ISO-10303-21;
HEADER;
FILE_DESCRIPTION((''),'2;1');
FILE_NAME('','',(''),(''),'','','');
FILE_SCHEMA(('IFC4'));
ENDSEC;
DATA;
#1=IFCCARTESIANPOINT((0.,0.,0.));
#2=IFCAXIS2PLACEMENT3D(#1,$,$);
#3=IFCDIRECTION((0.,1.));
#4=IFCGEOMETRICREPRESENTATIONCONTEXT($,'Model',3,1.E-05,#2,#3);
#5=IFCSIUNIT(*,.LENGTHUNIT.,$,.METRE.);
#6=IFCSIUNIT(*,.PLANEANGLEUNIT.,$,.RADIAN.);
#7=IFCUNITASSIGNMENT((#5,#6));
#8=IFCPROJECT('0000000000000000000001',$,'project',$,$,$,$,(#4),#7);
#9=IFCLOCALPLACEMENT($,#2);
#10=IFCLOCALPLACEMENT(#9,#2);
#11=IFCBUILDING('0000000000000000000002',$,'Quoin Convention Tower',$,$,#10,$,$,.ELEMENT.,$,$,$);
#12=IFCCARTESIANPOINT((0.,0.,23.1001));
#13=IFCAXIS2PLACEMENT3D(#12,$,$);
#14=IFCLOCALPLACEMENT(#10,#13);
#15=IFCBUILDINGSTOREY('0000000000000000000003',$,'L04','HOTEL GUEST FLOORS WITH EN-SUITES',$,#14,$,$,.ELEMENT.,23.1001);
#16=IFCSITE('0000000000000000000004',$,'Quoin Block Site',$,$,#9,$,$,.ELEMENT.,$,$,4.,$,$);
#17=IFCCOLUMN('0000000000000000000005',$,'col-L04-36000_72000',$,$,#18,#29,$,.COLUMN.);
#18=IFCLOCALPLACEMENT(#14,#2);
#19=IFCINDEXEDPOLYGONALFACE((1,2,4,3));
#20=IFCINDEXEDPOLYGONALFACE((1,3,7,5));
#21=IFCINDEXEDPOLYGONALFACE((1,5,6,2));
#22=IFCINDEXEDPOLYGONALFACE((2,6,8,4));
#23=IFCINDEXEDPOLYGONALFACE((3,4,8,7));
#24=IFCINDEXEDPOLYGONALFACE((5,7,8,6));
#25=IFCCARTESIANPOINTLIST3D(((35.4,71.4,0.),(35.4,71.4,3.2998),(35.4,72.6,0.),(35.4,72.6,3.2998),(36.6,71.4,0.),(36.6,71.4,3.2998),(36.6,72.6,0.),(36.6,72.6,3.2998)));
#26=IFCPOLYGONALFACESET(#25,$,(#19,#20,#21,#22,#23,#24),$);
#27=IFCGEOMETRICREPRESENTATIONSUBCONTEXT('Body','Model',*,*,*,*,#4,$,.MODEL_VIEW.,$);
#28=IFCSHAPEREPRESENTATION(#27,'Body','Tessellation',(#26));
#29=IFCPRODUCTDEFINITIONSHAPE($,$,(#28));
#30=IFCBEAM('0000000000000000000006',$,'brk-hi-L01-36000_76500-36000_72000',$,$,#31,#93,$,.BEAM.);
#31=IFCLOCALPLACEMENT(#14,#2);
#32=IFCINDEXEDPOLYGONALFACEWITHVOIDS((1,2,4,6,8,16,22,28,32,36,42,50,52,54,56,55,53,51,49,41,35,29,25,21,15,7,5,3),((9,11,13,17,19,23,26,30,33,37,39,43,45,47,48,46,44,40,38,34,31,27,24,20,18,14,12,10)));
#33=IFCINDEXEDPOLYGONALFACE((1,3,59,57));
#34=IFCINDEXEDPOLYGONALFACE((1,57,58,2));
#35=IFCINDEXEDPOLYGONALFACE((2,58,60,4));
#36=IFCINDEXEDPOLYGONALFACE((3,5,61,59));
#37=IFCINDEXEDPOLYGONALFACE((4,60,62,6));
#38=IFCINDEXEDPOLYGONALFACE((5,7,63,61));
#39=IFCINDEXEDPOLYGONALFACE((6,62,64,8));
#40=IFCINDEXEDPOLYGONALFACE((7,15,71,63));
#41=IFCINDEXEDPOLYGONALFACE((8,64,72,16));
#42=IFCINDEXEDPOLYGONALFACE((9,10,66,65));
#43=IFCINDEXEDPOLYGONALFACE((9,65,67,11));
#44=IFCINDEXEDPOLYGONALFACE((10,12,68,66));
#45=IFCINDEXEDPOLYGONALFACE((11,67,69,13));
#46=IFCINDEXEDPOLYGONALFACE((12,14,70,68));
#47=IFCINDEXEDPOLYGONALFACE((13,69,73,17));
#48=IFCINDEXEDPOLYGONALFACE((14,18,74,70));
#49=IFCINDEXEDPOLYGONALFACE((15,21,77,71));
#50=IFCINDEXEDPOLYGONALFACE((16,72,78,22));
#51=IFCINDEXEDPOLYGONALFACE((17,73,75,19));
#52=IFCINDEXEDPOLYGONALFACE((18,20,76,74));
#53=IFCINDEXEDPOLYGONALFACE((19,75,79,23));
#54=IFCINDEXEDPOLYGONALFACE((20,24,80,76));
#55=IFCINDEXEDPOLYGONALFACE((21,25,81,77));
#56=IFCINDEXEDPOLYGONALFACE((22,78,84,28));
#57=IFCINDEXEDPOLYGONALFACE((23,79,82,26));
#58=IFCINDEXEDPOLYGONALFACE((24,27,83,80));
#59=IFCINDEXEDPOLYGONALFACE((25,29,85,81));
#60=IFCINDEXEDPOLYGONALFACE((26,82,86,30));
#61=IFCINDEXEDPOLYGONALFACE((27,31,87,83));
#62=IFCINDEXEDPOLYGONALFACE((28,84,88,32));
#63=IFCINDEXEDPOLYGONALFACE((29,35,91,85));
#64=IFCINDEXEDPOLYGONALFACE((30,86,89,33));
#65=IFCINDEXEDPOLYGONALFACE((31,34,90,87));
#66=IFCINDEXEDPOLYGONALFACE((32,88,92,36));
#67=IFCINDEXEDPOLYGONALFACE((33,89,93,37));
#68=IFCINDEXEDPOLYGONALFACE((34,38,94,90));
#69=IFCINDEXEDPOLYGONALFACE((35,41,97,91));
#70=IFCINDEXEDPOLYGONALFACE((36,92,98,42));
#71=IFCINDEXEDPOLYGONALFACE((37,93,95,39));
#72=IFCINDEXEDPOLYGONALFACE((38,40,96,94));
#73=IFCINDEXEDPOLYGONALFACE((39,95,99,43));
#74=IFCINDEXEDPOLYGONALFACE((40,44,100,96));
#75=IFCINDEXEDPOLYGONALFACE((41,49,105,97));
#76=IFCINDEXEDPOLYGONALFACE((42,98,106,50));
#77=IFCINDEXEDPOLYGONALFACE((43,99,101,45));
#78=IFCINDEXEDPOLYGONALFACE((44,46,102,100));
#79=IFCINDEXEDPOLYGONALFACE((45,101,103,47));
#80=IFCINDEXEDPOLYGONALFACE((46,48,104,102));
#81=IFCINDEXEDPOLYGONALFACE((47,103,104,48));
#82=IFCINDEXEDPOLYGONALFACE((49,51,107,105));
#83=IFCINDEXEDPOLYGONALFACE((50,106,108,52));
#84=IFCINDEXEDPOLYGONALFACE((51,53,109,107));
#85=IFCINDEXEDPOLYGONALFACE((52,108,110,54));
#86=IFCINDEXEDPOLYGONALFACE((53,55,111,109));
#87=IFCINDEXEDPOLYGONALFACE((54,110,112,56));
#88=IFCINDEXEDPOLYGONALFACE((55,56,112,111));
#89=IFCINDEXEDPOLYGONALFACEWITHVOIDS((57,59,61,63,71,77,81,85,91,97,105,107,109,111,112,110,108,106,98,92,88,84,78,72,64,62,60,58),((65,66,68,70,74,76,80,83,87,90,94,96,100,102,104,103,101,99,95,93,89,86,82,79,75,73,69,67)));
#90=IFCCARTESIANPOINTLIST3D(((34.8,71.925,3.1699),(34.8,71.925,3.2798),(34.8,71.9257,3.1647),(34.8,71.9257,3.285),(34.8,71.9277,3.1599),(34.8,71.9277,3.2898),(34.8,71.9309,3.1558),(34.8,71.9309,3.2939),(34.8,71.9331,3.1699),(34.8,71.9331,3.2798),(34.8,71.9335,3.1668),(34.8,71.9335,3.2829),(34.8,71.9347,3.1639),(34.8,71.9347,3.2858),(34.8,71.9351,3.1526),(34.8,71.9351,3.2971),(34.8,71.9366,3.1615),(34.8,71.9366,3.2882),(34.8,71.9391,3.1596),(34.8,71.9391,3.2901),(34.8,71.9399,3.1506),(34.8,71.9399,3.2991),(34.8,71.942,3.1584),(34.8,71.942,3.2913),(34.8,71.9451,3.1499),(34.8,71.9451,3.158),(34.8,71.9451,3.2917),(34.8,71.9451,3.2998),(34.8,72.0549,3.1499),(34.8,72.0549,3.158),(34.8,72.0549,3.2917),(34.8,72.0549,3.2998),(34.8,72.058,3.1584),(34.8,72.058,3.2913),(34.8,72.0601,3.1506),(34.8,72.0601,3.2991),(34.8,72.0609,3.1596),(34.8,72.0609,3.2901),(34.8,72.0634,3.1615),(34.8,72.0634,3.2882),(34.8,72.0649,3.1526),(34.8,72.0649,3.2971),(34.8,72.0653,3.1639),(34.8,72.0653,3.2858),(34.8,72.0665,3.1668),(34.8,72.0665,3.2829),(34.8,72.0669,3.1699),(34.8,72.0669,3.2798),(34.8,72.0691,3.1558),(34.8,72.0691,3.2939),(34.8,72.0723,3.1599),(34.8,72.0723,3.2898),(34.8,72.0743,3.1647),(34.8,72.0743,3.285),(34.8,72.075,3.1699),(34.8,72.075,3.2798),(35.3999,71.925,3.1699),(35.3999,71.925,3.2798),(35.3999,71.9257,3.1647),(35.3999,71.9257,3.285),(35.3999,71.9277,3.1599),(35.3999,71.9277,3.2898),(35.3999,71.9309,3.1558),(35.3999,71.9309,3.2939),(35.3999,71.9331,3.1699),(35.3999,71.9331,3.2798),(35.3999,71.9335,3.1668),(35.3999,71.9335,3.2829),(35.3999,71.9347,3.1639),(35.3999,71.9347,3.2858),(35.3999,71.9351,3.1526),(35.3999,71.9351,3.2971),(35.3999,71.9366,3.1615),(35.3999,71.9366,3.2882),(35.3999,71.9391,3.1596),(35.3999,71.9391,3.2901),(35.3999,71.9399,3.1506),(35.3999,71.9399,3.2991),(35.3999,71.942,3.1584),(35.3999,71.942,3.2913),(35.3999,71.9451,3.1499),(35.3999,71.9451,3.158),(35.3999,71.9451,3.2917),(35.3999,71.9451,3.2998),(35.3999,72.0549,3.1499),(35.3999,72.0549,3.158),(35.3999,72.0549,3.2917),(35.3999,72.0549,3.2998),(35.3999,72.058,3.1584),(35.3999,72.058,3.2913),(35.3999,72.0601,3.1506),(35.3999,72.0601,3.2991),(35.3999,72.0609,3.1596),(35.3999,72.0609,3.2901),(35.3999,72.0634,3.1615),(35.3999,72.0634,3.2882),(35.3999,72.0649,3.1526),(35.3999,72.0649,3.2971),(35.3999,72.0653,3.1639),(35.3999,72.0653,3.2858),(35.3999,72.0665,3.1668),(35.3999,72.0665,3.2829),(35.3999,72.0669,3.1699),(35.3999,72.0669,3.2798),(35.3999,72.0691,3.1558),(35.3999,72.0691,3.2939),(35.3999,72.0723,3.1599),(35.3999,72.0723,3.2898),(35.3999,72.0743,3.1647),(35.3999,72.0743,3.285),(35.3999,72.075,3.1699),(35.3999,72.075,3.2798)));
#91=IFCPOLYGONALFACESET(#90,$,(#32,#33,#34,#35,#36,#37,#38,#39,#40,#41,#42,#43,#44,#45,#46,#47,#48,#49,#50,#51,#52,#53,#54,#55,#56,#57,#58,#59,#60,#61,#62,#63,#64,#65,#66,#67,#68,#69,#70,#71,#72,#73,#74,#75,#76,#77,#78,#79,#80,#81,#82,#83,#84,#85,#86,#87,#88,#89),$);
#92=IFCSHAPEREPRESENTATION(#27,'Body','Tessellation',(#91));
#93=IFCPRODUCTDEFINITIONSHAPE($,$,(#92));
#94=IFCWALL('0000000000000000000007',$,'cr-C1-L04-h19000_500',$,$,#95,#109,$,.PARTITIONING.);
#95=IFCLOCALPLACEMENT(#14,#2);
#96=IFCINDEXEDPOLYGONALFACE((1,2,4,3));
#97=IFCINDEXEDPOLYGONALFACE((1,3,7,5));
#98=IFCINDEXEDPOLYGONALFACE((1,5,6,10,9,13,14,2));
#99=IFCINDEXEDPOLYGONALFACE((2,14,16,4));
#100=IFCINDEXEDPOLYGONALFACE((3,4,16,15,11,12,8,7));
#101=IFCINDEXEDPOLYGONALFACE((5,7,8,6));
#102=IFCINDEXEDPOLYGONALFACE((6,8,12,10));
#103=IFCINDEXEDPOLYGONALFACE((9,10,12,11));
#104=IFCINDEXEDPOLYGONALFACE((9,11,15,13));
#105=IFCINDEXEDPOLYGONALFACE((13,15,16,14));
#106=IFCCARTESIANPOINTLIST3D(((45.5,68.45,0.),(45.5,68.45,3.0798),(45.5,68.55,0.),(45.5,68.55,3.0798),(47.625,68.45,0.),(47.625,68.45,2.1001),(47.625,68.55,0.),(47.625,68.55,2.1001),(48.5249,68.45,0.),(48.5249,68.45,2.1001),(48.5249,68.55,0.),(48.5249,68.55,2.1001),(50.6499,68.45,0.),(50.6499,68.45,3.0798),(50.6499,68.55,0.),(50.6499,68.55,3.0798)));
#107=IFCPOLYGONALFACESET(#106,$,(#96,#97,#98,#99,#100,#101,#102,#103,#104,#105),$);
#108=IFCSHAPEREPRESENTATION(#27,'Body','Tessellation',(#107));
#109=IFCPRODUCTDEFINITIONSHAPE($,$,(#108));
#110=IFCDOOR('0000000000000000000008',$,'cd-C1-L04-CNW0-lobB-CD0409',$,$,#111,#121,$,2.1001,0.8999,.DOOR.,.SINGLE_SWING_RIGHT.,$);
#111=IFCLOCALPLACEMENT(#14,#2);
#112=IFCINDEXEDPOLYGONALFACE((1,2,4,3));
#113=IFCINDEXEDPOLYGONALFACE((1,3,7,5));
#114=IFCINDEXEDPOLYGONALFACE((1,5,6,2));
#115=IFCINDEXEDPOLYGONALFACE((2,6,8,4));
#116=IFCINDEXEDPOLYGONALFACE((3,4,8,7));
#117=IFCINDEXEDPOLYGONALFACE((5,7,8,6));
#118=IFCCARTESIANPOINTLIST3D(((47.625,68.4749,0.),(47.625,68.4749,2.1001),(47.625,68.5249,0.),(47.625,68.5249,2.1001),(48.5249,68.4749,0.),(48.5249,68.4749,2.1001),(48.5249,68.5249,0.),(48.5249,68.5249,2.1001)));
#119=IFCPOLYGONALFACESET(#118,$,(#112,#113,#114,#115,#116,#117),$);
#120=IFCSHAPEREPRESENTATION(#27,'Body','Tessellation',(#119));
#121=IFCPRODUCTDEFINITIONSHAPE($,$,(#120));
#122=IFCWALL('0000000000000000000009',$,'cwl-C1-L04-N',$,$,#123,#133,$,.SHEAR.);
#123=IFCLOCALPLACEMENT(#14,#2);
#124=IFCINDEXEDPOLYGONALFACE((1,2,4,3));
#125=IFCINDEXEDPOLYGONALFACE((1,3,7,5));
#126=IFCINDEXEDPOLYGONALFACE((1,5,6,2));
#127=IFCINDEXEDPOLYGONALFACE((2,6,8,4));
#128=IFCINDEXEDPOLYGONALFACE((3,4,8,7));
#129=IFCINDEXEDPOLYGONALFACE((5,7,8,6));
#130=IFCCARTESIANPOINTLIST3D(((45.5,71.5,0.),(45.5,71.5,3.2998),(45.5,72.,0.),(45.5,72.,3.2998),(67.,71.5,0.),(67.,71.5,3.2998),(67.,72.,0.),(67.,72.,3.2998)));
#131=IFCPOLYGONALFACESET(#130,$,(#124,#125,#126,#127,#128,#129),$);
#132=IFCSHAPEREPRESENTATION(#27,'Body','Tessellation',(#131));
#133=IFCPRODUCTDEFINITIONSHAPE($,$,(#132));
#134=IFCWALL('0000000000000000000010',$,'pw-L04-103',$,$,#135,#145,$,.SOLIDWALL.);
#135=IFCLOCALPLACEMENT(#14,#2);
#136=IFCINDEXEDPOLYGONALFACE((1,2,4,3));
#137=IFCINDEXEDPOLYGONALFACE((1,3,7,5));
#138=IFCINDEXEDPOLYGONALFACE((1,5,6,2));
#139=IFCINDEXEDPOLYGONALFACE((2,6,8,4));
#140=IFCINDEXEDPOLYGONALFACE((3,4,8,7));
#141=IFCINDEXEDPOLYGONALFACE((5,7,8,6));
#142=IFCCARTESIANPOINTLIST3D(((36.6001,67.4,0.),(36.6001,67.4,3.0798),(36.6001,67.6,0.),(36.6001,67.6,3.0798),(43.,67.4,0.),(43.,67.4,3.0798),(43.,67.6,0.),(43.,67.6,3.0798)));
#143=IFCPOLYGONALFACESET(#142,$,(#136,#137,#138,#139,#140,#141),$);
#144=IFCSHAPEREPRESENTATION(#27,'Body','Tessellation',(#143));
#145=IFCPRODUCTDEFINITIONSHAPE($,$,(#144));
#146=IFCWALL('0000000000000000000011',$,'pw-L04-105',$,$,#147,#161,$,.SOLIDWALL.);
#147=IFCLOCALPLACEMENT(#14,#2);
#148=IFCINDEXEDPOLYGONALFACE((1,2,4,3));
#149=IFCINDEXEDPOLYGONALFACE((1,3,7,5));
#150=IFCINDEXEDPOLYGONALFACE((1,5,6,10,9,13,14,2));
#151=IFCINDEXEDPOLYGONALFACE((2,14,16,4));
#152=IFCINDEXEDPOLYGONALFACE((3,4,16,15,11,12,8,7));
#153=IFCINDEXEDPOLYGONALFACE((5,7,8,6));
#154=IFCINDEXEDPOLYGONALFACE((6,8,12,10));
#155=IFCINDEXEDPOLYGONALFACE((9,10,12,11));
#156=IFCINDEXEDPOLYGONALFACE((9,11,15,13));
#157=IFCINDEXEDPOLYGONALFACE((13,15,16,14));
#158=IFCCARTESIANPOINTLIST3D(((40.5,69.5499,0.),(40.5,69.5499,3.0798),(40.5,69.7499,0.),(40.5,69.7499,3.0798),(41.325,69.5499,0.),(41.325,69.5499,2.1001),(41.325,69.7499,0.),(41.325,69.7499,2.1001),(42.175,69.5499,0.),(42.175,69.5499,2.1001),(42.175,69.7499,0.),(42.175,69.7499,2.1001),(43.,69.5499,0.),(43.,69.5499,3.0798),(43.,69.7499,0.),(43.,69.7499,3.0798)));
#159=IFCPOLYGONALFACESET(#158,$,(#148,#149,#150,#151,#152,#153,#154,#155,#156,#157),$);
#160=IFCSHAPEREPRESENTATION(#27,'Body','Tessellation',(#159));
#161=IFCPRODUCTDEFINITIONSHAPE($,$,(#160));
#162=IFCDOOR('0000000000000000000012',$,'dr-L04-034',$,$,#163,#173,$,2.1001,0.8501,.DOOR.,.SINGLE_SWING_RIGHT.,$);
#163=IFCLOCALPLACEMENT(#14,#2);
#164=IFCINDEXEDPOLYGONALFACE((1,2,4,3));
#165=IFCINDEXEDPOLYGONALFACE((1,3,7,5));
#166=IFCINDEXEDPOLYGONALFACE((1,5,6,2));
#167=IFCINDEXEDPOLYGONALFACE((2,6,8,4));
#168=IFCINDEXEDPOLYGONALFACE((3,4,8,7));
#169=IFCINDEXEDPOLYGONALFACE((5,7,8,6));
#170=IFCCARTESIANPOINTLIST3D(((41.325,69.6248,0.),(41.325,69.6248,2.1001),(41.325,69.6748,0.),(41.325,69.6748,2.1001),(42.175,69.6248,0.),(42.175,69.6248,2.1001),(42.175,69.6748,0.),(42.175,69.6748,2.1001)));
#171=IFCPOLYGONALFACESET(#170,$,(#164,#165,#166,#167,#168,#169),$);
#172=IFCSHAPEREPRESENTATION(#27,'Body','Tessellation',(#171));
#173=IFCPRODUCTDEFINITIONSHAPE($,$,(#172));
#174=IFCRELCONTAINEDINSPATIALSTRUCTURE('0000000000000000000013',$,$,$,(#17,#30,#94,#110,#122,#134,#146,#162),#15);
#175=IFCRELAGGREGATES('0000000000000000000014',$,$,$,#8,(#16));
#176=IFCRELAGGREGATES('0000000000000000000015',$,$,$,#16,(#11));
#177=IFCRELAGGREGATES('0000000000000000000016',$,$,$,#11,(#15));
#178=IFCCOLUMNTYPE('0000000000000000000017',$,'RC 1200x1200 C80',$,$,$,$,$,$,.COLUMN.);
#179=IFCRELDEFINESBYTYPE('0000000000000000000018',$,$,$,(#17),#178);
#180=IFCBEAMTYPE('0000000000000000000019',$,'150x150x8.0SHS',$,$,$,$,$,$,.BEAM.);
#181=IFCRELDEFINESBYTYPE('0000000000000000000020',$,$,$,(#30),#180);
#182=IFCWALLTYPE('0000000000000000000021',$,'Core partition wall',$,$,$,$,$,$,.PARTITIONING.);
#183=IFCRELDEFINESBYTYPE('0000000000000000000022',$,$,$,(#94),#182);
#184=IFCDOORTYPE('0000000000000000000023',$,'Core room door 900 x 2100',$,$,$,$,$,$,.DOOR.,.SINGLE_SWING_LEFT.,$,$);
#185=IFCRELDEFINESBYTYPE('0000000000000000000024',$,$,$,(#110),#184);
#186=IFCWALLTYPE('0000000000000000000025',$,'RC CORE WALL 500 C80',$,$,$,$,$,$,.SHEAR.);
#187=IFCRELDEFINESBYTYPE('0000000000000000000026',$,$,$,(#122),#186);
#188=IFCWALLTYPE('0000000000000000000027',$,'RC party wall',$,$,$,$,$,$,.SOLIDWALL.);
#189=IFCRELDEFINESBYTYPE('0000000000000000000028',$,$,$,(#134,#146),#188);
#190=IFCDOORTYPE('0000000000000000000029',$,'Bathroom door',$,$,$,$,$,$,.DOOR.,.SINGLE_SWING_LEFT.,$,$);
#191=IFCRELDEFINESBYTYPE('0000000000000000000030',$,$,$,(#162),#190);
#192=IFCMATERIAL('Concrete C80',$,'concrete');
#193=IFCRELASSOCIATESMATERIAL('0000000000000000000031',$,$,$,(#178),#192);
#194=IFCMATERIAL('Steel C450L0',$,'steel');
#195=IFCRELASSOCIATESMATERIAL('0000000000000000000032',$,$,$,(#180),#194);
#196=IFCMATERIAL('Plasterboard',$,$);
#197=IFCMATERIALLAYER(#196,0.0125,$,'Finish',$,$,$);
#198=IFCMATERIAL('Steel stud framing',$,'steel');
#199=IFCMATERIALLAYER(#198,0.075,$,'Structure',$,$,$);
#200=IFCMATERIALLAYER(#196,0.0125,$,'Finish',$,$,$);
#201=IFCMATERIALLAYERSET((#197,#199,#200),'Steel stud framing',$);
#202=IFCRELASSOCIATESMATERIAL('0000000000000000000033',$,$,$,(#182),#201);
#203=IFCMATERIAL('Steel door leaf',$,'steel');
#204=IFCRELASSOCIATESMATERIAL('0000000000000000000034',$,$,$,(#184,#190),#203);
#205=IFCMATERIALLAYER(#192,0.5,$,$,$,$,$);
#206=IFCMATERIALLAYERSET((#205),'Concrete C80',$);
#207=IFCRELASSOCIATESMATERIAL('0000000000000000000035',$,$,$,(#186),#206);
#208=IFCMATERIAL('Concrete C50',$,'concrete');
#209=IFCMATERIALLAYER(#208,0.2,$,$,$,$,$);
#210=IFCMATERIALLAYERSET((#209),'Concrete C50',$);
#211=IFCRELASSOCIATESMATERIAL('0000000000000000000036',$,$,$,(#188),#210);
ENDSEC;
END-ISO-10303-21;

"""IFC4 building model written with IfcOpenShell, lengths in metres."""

from ifc_helpers import new_model, si_unit, direction, frame, frame_2d, origin, origin_2d, place, context, subcontext, project, spatial, rectangle, hollow_rectangle, extrude, material, layer, layer_set, material_profile, profile_set, type_object, element, fill, save


model = new_model("IFC4")

# Units and contexts
model_context = context("Model", 3, precision=1e-05, world=origin(), true_north=direction((0.0, 1.0)))
body_context = subcontext(model_context, "Body", "Model", "MODEL_VIEW")
ifc_project = project(units=[si_unit("LENGTHUNIT", "METRE"), si_unit("PLANEANGLEUNIT", "RADIAN")], contexts=[model_context])

# Site, building, storey
site_placement = place(None, origin())
site = spatial("IfcSite", under=ifc_project, at=site_placement, Name="Quoin Block Site", CompositionType="ELEMENT", RefElevation=4.0)
building_placement = place(site_placement, origin())
building = spatial("IfcBuilding", under=site, at=building_placement, Name="Quoin Convention Tower", CompositionType="ELEMENT")
storey_placement = place(building_placement, frame((0.0, 0.0, 23.1001)))
storey = spatial("IfcBuildingStorey", under=building, at=storey_placement, Name="L04", Description="HOTEL GUEST FLOORS WITH EN-SUITES", CompositionType="ELEMENT", Elevation=23.1001)

# Column
ifc_material_1 = material(Name="Concrete C80", Category="concrete")
ifc_material_profile_1 = material_profile(ifc_material_1, rectangle(XDim=1.2, YDim=1.2, at=origin_2d()), Name="RC 1200x1200")
ifc_profile_set_1 = profile_set([ifc_material_profile_1], Name="Concrete C80")
column_type = type_object("IfcColumnType", Name="RC 1200x1200 C80", PredefinedType="COLUMN", material=ifc_profile_set_1)
column_placement = place(storey_placement, frame((36.0, 72.0, 0.0), z_axis=(0.0, 0.0, 1.0), x_axis=(1.0, 0.0, 0.0)))
element("IfcColumn", 1, at=column_placement, inside=storey, type_object=column_type, Name="col-L04-36000_72000", PredefinedType="COLUMN", context=body_context, shape_type="SweptSolid", body=[
    extrude(rectangle(XDim=1.2, YDim=1.2, at=origin_2d()), origin(), (0.0, 0.0, 1.0), 3.2998),
])

# Beam
ifc_material_2 = material(Name="Steel C450L0", Category="steel")
ifc_material_profile_2 = material_profile(ifc_material_2, hollow_rectangle(XDim=0.1499, YDim=0.1499, WallThickness=0.0081, InnerFilletRadius=0.012, OuterFilletRadius=0.02, at=origin_2d()), Name="150x150x8.0SHS")
ifc_profile_set_2 = profile_set([ifc_material_profile_2], Name="Steel C450L0")
beam_type = type_object("IfcBeamType", Name="150x150x8.0SHS", PredefinedType="BEAM", material=ifc_profile_set_2)
beam_placement = place(storey_placement, frame((35.3999, 72.0, 3.2249), z_axis=(-1.0, 0.0, 0.0), x_axis=(0.0, -1.0, 0.0)))
element("IfcBeam", 2, at=beam_placement, inside=storey, type_object=beam_type, Name="brk-hi-L01-36000_76500-36000_72000", PredefinedType="BEAM", context=body_context, shape_type="SweptSolid", body=[
    extrude(hollow_rectangle(XDim=0.1499, YDim=0.1499, WallThickness=0.0081, InnerFilletRadius=0.012, OuterFilletRadius=0.02, at=origin_2d()), origin(), (0.0, 0.0, 1.0), 0.5999),
])

# Wall, opening, door
ifc_material_3 = material(Name="Plasterboard")
ifc_layer_1 = layer(ifc_material_3, 0.0125, Name="Finish")
ifc_material_4 = material(Name="Steel stud framing", Category="steel")
ifc_layer_2 = layer(ifc_material_4, 0.075, Name="Structure")
ifc_layer_3 = layer(ifc_material_3, 0.0125, Name="Finish")
ifc_layer_set_1 = layer_set([ifc_layer_1, ifc_layer_2, ifc_layer_3], Name="Steel stud framing")
wall_type_1 = type_object("IfcWallType", Name="Core partition wall", PredefinedType="PARTITIONING", material=ifc_layer_set_1)
wall_1_placement = place(storey_placement, frame((45.5, 68.5, 0.0), z_axis=(0.0, 0.0, 1.0), x_axis=(1.0, 0.0, 0.0)))
wall_1 = element("IfcWall", 3, at=wall_1_placement, inside=storey, type_object=wall_type_1, Name="cr-C1-L04-h19000_500", PredefinedType="PARTITIONING", context=body_context, shape_type="SweptSolid", body=[
    extrude(rectangle(XDim=5.1499, YDim=0.1001, at=frame_2d((2.575, 0.0))), origin(), (0.0, 0.0, 1.0), 3.0798),
])
opening_1_placement = place(wall_1_placement, frame((2.125, 0.0, 0.0)))
opening_1 = element("IfcOpeningElement", 4, at=opening_1_placement, cuts=wall_1, PredefinedType="OPENING", context=body_context, shape_type="SweptSolid", body=[
    extrude(rectangle(XDim=0.8999, YDim=2.1001, at=frame_2d((0.45, 1.05))), frame((0.0, 0.0601, 0.0), z_axis=(0.0, -1.0, 0.0), x_axis=(1.0, 0.0, 0.0)), (0.0, 0.0, 1.0), 0.1201),
])
ifc_material_5 = material(Name="Steel door leaf", Category="steel")
door_type_1 = type_object("IfcDoorType", Name="Core room door 900 x 2100", OperationType="SINGLE_SWING_LEFT", PredefinedType="DOOR", material=ifc_material_5)
door_1_placement = place(opening_1_placement, origin())
door_1 = element("IfcDoor", 5, at=door_1_placement, inside=storey, type_object=door_type_1, Name="cd-C1-L04-CNW0-lobB-CD0409", OperationType="SINGLE_SWING_RIGHT", OverallHeight=2.1001, OverallWidth=0.8999, PredefinedType="DOOR", context=body_context, shape_type="SweptSolid", body=[
    extrude(rectangle(XDim=0.8999, YDim=2.1001, at=frame_2d((0.45, 1.05))), frame((0.0, 0.0249, 0.0), z_axis=(0.0, -1.0, 0.0), x_axis=(1.0, 0.0, 0.0)), (0.0, 0.0, 1.0), 0.05),
])
fill(opening_1, door_1)

# Walls
ifc_layer_4 = layer(ifc_material_1, 0.5)
ifc_layer_set_2 = layer_set([ifc_layer_4], Name="Concrete C80")
wall_type_2 = type_object("IfcWallType", Name="RC CORE WALL 500 C80", PredefinedType="SHEAR", material=ifc_layer_set_2)
wall_2_placement = place(storey_placement, frame((45.5, 71.75, 0.0), z_axis=(0.0, 0.0, 1.0), x_axis=(1.0, 0.0, 0.0)))
element("IfcWall", 6, at=wall_2_placement, inside=storey, type_object=wall_type_2, Name="cwl-C1-L04-N", PredefinedType="SHEAR", context=body_context, shape_type="SweptSolid", body=[
    extrude(rectangle(XDim=21.5, YDim=0.5, at=frame_2d((10.75, 0.0))), origin(), (0.0, 0.0, 1.0), 3.2998),
])
ifc_material_6 = material(Name="Concrete C50", Category="concrete")
ifc_layer_5 = layer(ifc_material_6, 0.2)
ifc_layer_set_3 = layer_set([ifc_layer_5], Name="Concrete C50")
wall_type_3 = type_object("IfcWallType", Name="RC party wall", PredefinedType="SOLIDWALL", material=ifc_layer_set_3)
wall_3_placement = place(storey_placement, frame((36.6001, 67.5, 0.0), z_axis=(0.0, 0.0, 1.0), x_axis=(1.0, 0.0, 0.0)))
element("IfcWall", 7, at=wall_3_placement, inside=storey, type_object=wall_type_3, Name="pw-L04-103", PredefinedType="SOLIDWALL", context=body_context, shape_type="SweptSolid", body=[
    extrude(rectangle(XDim=6.3999, YDim=0.2, at=frame_2d((3.2, 0.0))), origin(), (0.0, 0.0, 1.0), 3.0798),
])

# Wall, opening, door
wall_4_placement = place(storey_placement, frame((40.5, 69.6499, 0.0), z_axis=(0.0, 0.0, 1.0), x_axis=(1.0, 0.0, 0.0)))
wall_4 = element("IfcWall", 8, at=wall_4_placement, inside=storey, type_object=wall_type_3, Name="pw-L04-105", PredefinedType="SOLIDWALL", context=body_context, shape_type="SweptSolid", body=[
    extrude(rectangle(XDim=2.5, YDim=0.2, at=frame_2d((1.25, 0.0))), origin(), (0.0, 0.0, 1.0), 3.0798),
])
opening_2_placement = place(wall_4_placement, frame((0.825, 0.0, 0.0)))
opening_2 = element("IfcOpeningElement", 9, at=opening_2_placement, cuts=wall_4, PredefinedType="OPENING", context=body_context, shape_type="SweptSolid", body=[
    extrude(rectangle(XDim=0.8501, YDim=2.1001, at=frame_2d((0.425, 1.05))), frame((0.0, 0.1099, 0.0), z_axis=(0.0, -1.0, 0.0), x_axis=(1.0, 0.0, 0.0)), (0.0, 0.0, 1.0), 0.22),
])
door_type_2 = type_object("IfcDoorType", Name="Bathroom door", OperationType="SINGLE_SWING_LEFT", PredefinedType="DOOR", material=ifc_material_5)
door_2_placement = place(opening_2_placement, origin())
door_2 = element("IfcDoor", 10, at=door_2_placement, inside=storey, type_object=door_type_2, Name="dr-L04-034", OperationType="SINGLE_SWING_RIGHT", OverallHeight=2.1001, OverallWidth=0.8501, PredefinedType="DOOR", context=body_context, shape_type="SweptSolid", body=[
    extrude(rectangle(XDim=0.8501, YDim=2.1001, at=frame_2d((0.425, 1.05))), frame((0.0, 0.0249, 0.0), z_axis=(0.0, -1.0, 0.0), x_axis=(1.0, 0.0, 0.0)), (0.0, 0.0, 1.0), 0.05),
])
fill(opening_2, door_2)

save(model, "model.ifc")
